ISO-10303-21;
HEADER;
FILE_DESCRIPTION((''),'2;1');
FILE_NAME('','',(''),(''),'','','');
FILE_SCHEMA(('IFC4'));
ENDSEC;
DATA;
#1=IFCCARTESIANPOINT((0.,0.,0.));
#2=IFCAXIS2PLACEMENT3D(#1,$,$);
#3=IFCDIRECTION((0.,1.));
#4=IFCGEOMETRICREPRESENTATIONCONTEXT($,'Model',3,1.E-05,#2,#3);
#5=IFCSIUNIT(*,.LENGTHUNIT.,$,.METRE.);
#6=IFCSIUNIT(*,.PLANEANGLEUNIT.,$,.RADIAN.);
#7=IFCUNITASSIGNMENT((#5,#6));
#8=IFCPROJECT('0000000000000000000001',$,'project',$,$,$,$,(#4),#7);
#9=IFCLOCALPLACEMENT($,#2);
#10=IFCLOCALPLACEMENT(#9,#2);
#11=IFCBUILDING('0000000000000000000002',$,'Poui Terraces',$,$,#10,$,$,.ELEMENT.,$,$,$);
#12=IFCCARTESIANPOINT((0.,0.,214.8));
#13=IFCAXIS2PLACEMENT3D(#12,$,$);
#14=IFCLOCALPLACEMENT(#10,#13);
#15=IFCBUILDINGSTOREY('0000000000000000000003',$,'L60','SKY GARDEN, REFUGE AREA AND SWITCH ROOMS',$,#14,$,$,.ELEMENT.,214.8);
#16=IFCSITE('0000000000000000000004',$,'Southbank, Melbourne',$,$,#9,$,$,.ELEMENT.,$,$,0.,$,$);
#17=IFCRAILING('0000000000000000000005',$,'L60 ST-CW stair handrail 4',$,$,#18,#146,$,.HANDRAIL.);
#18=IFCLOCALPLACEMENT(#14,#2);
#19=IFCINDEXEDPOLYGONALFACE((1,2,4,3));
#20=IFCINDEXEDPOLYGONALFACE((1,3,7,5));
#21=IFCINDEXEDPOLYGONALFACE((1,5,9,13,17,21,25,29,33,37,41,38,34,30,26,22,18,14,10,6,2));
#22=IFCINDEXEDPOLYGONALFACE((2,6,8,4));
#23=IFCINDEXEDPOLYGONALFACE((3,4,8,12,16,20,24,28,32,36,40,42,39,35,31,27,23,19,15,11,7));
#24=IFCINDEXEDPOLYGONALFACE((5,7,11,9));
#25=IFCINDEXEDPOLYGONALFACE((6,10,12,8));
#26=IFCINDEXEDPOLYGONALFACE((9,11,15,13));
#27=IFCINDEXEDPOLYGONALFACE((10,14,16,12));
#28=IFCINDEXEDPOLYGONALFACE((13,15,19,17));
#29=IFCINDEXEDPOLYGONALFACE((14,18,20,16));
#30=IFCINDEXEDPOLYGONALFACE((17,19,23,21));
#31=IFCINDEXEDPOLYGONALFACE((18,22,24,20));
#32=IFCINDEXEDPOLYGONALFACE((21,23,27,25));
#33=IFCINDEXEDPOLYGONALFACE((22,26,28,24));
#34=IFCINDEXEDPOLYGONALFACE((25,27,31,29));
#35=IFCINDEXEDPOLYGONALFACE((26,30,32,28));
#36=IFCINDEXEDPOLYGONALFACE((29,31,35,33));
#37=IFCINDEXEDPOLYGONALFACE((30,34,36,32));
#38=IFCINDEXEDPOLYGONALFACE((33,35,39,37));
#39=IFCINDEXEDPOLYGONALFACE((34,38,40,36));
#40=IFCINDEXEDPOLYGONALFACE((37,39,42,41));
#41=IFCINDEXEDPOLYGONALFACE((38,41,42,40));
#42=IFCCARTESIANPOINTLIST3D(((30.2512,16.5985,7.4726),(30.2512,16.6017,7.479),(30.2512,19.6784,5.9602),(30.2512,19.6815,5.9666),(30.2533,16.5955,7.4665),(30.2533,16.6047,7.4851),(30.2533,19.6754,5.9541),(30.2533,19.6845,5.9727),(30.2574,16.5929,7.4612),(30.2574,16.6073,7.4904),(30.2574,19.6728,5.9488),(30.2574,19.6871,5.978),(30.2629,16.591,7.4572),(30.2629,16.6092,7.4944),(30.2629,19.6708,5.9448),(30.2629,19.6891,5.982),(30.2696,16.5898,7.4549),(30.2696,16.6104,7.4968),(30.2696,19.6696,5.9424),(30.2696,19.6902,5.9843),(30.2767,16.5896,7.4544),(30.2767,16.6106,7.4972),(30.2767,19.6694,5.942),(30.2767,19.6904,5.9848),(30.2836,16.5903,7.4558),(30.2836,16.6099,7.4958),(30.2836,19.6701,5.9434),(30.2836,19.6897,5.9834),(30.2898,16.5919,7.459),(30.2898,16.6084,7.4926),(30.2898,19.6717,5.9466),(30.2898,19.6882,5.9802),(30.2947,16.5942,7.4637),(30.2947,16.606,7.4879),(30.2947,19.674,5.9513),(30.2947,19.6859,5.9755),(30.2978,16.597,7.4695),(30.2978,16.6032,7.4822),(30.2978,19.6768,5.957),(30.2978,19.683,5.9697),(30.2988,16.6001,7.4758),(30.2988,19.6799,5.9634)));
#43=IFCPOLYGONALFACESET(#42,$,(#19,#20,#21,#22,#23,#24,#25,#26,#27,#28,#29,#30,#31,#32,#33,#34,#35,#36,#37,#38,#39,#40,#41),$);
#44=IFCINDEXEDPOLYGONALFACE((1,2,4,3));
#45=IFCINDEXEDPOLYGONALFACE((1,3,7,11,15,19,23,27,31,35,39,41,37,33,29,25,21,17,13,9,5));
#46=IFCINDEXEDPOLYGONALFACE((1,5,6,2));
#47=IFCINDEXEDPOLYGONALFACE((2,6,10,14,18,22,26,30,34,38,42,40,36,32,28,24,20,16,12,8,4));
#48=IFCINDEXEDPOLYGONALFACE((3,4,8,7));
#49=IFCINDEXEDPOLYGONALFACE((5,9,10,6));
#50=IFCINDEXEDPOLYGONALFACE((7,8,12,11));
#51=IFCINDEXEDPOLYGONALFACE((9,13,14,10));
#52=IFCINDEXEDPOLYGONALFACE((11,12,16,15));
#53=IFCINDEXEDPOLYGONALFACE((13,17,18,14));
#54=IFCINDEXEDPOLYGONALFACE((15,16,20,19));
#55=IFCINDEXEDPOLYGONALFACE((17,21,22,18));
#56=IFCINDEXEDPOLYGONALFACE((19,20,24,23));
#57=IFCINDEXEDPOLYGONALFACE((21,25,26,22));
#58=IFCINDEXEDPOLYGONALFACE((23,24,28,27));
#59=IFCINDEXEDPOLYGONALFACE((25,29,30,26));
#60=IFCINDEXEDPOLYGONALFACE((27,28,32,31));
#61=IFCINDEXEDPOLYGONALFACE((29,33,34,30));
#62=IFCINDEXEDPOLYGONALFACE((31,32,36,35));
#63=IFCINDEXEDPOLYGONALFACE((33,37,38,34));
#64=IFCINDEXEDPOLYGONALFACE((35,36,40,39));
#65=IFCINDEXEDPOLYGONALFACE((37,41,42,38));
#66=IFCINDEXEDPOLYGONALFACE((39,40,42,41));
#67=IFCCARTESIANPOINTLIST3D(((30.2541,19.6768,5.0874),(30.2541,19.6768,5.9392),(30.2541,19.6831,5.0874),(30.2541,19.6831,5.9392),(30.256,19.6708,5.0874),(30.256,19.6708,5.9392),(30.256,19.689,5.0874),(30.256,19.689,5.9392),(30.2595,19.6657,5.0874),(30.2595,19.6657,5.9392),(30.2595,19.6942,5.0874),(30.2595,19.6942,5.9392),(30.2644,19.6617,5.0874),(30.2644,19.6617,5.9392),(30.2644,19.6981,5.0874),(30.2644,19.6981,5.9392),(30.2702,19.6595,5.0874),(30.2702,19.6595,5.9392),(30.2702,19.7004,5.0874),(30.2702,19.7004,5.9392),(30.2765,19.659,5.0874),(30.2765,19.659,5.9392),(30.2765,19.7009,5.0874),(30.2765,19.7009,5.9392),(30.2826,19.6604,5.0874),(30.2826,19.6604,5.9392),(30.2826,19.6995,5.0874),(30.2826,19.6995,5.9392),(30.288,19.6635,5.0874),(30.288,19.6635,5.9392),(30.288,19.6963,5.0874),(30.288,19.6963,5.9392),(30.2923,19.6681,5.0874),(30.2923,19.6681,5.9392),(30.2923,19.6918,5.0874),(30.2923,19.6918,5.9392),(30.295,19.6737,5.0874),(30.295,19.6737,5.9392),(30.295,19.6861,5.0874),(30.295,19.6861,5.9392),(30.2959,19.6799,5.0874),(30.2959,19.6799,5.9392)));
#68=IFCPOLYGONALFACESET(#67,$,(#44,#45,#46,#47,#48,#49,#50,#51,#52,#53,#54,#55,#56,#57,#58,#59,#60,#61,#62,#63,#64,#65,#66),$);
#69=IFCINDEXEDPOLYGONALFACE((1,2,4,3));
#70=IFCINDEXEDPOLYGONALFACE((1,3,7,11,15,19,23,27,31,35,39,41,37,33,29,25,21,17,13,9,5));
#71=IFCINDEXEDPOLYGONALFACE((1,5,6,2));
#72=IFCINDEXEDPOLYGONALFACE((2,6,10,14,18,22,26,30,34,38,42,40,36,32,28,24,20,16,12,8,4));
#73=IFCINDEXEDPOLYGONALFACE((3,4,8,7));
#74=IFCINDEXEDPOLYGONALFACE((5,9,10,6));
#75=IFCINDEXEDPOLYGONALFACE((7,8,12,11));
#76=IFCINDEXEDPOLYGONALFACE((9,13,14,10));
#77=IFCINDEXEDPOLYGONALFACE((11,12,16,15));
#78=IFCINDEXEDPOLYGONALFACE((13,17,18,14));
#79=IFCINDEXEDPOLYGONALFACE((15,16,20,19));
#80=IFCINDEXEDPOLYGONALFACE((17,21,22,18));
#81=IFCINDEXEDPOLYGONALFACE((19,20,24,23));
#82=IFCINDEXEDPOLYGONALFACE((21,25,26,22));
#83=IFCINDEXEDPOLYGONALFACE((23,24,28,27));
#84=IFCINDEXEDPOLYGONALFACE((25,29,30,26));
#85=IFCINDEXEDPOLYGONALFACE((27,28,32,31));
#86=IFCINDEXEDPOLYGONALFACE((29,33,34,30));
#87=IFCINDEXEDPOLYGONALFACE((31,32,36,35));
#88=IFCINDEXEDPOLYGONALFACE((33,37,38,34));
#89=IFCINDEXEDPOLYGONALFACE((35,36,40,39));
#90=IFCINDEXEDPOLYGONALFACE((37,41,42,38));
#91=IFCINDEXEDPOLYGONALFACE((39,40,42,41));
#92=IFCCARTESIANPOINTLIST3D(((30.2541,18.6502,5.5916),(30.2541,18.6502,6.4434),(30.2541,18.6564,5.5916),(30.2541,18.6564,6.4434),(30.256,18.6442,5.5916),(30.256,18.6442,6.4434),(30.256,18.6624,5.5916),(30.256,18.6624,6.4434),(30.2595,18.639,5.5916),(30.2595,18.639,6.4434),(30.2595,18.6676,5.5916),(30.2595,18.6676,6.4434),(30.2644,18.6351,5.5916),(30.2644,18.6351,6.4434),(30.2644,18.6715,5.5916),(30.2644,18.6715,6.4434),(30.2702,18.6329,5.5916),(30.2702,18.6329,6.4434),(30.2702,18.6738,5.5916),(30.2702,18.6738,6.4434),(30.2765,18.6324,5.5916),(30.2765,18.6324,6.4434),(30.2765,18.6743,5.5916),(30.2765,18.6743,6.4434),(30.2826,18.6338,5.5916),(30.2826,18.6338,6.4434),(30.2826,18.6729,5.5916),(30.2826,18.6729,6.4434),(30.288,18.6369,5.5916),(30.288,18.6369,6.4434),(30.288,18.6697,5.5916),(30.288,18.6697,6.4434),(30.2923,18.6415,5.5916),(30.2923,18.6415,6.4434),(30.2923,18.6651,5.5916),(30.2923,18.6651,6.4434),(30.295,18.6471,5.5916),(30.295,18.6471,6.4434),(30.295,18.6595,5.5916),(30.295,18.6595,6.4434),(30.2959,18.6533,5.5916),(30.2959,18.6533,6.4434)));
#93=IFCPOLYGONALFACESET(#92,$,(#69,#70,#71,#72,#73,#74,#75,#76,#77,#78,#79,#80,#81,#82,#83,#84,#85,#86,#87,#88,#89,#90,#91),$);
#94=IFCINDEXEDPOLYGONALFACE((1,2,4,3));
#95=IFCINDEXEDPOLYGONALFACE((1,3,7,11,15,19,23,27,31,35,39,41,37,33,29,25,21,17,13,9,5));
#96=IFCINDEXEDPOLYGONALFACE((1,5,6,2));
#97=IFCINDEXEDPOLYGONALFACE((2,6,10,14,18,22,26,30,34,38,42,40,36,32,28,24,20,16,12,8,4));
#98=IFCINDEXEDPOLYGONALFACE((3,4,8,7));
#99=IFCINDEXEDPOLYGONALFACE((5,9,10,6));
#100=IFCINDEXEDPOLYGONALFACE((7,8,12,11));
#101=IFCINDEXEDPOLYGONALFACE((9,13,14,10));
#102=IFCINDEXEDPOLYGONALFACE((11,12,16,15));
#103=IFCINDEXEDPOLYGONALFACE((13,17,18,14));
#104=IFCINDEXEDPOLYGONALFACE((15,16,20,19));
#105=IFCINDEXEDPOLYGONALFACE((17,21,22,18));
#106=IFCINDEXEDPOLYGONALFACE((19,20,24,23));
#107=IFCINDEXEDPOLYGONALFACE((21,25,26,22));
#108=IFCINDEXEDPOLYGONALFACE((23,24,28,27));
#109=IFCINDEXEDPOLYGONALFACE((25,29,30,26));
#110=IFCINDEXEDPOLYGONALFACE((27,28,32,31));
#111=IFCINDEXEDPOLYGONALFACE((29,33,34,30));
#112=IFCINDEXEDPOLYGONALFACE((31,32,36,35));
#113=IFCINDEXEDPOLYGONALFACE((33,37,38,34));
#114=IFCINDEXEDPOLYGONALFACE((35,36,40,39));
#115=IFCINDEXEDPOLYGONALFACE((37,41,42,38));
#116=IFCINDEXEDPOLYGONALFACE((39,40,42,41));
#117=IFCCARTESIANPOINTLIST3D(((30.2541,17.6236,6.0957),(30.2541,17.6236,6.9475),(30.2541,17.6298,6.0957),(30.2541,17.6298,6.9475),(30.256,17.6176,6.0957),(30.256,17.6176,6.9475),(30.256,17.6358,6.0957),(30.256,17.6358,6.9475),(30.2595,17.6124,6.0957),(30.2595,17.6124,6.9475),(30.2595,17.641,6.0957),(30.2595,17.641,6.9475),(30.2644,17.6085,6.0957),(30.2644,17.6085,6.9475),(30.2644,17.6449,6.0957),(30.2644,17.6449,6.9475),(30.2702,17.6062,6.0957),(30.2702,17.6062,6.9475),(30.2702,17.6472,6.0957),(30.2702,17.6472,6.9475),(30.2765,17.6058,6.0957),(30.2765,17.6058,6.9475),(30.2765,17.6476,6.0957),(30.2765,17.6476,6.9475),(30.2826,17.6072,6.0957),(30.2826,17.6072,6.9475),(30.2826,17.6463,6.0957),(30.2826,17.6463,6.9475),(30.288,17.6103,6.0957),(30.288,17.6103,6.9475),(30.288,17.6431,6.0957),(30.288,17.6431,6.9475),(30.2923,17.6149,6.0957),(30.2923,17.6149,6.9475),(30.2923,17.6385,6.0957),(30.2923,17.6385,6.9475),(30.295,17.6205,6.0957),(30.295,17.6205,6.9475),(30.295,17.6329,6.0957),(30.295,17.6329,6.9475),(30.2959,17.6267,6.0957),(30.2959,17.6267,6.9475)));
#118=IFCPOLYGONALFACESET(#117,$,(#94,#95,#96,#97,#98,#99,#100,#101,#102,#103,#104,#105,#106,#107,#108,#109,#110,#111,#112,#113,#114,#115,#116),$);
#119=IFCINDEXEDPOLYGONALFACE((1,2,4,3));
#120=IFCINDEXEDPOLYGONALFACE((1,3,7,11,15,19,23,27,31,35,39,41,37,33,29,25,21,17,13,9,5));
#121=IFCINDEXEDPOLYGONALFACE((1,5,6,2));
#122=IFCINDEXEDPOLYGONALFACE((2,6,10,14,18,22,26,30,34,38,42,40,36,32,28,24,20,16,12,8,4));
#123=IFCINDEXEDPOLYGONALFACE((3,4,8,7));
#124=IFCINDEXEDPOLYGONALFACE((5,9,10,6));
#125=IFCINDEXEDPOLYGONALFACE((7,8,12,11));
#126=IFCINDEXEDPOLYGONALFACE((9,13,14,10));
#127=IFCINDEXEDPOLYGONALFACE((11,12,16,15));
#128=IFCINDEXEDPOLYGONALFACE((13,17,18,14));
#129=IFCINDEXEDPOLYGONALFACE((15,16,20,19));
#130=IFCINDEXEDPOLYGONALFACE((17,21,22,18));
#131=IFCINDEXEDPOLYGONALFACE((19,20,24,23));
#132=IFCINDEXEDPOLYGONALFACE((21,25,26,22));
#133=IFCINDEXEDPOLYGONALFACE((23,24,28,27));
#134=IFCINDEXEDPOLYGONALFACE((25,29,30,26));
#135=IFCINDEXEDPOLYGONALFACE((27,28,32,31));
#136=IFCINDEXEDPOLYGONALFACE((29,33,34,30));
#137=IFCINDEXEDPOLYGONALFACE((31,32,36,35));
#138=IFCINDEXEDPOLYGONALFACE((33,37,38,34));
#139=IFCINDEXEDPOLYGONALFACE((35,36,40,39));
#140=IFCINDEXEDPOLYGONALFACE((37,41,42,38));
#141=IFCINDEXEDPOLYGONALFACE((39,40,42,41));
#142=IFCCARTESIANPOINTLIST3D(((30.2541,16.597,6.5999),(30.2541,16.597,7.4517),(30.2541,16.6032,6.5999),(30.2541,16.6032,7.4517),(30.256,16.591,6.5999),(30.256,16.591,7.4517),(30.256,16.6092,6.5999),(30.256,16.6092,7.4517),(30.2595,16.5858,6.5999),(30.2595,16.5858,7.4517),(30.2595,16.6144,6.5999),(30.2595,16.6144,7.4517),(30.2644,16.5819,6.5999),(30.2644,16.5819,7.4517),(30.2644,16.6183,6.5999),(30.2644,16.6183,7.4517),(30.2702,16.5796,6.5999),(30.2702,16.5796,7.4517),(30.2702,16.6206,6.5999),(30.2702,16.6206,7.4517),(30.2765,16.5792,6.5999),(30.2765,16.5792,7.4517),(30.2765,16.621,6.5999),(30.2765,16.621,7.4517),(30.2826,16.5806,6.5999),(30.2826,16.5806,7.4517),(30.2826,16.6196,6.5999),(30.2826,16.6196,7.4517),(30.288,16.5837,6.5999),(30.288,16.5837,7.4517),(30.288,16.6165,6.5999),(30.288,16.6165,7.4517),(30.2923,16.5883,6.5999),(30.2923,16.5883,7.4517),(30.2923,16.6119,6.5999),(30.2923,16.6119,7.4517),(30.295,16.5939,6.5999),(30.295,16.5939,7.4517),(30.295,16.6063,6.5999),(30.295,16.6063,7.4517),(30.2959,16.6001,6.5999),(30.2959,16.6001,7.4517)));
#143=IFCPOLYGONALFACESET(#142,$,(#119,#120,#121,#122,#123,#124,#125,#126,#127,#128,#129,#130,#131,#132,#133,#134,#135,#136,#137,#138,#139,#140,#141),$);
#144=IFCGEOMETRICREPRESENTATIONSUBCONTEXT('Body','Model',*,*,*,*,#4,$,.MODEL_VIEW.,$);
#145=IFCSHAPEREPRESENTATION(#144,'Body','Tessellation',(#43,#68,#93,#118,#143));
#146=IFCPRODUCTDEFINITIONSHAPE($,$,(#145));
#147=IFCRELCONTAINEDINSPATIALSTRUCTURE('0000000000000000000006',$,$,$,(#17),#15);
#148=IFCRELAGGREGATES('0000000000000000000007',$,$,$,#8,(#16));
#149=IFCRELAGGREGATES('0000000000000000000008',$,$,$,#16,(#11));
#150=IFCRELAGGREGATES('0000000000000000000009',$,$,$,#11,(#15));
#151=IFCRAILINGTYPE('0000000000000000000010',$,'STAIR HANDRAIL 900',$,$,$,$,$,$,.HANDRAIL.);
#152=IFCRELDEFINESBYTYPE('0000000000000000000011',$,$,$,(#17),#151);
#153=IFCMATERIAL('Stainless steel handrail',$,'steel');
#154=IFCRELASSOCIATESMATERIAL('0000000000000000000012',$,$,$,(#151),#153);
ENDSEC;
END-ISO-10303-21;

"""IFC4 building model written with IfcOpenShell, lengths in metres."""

from ifc_helpers import new_model, si_unit, direction, frame, origin, origin_2d, place, context, subcontext, project, spatial, circle, extrude, material, type_object, element, save


model = new_model("IFC4")

# Units and contexts
model_context = context("Model", 3, precision=1e-05, world=origin(), true_north=direction((0.0, 1.0)))
body_context = subcontext(model_context, "Body", "Model", "MODEL_VIEW")
ifc_project = project(units=[si_unit("LENGTHUNIT", "METRE"), si_unit("PLANEANGLEUNIT", "RADIAN")], contexts=[model_context])

# Site, building, storey
site_placement = place(None, origin())
site = spatial("IfcSite", under=ifc_project, at=site_placement, Name="Southbank, Melbourne", CompositionType="ELEMENT", RefElevation=0.0)
building_placement = place(site_placement, origin())
building = spatial("IfcBuilding", under=site, at=building_placement, Name="Poui Terraces", CompositionType="ELEMENT")
storey_placement = place(building_placement, frame((0.0, 0.0, 214.8)))
storey = spatial("IfcBuildingStorey", under=building, at=storey_placement, Name="L60", Description="SKY GARDEN, REFUGE AREA AND SWITCH ROOMS", CompositionType="ELEMENT", Elevation=214.8)

# Railing
ifc_material_1 = material(Name="Stainless steel handrail", Category="steel")
railing_type_1 = type_object("IfcRailingType", Name="STAIR HANDRAIL 900", PredefinedType="HANDRAIL", material=ifc_material_1)
railing_1_placement = place(storey_placement, frame((30.2749, 19.6799, 5.0874)))
element("IfcRailing", 1, at=railing_1_placement, inside=storey, type_object=railing_type_1, Name="L60 ST-CW stair handrail 4", PredefinedType="HANDRAIL", context=body_context, shape_type="SweptSolid", body=[
    extrude(circle(Radius=0.0239, at=origin_2d()), frame((0.0, 0.0, 0.876), z_axis=(0.0, -0.897606, 0.440798), x_axis=(1.0, 0.0, 0.0)), (0.0, 0.0, 1.0), 3.4312),
    extrude(circle(Radius=0.021, at=origin_2d()), origin(), (0.0, 0.0, 1.0), 0.8518),
    extrude(circle(Radius=0.021, at=origin_2d()), frame((0.0, -1.0266, 0.5042)), (0.0, 0.0, 1.0), 0.8518),
    extrude(circle(Radius=0.021, at=origin_2d()), frame((0.0, -2.0532, 1.0083)), (0.0, 0.0, 1.0), 0.8518),
    extrude(circle(Radius=0.021, at=origin_2d()), frame((0.0, -3.0798, 1.5125)), (0.0, 0.0, 1.0), 0.8518),
])

save(model, "model.ifc")
